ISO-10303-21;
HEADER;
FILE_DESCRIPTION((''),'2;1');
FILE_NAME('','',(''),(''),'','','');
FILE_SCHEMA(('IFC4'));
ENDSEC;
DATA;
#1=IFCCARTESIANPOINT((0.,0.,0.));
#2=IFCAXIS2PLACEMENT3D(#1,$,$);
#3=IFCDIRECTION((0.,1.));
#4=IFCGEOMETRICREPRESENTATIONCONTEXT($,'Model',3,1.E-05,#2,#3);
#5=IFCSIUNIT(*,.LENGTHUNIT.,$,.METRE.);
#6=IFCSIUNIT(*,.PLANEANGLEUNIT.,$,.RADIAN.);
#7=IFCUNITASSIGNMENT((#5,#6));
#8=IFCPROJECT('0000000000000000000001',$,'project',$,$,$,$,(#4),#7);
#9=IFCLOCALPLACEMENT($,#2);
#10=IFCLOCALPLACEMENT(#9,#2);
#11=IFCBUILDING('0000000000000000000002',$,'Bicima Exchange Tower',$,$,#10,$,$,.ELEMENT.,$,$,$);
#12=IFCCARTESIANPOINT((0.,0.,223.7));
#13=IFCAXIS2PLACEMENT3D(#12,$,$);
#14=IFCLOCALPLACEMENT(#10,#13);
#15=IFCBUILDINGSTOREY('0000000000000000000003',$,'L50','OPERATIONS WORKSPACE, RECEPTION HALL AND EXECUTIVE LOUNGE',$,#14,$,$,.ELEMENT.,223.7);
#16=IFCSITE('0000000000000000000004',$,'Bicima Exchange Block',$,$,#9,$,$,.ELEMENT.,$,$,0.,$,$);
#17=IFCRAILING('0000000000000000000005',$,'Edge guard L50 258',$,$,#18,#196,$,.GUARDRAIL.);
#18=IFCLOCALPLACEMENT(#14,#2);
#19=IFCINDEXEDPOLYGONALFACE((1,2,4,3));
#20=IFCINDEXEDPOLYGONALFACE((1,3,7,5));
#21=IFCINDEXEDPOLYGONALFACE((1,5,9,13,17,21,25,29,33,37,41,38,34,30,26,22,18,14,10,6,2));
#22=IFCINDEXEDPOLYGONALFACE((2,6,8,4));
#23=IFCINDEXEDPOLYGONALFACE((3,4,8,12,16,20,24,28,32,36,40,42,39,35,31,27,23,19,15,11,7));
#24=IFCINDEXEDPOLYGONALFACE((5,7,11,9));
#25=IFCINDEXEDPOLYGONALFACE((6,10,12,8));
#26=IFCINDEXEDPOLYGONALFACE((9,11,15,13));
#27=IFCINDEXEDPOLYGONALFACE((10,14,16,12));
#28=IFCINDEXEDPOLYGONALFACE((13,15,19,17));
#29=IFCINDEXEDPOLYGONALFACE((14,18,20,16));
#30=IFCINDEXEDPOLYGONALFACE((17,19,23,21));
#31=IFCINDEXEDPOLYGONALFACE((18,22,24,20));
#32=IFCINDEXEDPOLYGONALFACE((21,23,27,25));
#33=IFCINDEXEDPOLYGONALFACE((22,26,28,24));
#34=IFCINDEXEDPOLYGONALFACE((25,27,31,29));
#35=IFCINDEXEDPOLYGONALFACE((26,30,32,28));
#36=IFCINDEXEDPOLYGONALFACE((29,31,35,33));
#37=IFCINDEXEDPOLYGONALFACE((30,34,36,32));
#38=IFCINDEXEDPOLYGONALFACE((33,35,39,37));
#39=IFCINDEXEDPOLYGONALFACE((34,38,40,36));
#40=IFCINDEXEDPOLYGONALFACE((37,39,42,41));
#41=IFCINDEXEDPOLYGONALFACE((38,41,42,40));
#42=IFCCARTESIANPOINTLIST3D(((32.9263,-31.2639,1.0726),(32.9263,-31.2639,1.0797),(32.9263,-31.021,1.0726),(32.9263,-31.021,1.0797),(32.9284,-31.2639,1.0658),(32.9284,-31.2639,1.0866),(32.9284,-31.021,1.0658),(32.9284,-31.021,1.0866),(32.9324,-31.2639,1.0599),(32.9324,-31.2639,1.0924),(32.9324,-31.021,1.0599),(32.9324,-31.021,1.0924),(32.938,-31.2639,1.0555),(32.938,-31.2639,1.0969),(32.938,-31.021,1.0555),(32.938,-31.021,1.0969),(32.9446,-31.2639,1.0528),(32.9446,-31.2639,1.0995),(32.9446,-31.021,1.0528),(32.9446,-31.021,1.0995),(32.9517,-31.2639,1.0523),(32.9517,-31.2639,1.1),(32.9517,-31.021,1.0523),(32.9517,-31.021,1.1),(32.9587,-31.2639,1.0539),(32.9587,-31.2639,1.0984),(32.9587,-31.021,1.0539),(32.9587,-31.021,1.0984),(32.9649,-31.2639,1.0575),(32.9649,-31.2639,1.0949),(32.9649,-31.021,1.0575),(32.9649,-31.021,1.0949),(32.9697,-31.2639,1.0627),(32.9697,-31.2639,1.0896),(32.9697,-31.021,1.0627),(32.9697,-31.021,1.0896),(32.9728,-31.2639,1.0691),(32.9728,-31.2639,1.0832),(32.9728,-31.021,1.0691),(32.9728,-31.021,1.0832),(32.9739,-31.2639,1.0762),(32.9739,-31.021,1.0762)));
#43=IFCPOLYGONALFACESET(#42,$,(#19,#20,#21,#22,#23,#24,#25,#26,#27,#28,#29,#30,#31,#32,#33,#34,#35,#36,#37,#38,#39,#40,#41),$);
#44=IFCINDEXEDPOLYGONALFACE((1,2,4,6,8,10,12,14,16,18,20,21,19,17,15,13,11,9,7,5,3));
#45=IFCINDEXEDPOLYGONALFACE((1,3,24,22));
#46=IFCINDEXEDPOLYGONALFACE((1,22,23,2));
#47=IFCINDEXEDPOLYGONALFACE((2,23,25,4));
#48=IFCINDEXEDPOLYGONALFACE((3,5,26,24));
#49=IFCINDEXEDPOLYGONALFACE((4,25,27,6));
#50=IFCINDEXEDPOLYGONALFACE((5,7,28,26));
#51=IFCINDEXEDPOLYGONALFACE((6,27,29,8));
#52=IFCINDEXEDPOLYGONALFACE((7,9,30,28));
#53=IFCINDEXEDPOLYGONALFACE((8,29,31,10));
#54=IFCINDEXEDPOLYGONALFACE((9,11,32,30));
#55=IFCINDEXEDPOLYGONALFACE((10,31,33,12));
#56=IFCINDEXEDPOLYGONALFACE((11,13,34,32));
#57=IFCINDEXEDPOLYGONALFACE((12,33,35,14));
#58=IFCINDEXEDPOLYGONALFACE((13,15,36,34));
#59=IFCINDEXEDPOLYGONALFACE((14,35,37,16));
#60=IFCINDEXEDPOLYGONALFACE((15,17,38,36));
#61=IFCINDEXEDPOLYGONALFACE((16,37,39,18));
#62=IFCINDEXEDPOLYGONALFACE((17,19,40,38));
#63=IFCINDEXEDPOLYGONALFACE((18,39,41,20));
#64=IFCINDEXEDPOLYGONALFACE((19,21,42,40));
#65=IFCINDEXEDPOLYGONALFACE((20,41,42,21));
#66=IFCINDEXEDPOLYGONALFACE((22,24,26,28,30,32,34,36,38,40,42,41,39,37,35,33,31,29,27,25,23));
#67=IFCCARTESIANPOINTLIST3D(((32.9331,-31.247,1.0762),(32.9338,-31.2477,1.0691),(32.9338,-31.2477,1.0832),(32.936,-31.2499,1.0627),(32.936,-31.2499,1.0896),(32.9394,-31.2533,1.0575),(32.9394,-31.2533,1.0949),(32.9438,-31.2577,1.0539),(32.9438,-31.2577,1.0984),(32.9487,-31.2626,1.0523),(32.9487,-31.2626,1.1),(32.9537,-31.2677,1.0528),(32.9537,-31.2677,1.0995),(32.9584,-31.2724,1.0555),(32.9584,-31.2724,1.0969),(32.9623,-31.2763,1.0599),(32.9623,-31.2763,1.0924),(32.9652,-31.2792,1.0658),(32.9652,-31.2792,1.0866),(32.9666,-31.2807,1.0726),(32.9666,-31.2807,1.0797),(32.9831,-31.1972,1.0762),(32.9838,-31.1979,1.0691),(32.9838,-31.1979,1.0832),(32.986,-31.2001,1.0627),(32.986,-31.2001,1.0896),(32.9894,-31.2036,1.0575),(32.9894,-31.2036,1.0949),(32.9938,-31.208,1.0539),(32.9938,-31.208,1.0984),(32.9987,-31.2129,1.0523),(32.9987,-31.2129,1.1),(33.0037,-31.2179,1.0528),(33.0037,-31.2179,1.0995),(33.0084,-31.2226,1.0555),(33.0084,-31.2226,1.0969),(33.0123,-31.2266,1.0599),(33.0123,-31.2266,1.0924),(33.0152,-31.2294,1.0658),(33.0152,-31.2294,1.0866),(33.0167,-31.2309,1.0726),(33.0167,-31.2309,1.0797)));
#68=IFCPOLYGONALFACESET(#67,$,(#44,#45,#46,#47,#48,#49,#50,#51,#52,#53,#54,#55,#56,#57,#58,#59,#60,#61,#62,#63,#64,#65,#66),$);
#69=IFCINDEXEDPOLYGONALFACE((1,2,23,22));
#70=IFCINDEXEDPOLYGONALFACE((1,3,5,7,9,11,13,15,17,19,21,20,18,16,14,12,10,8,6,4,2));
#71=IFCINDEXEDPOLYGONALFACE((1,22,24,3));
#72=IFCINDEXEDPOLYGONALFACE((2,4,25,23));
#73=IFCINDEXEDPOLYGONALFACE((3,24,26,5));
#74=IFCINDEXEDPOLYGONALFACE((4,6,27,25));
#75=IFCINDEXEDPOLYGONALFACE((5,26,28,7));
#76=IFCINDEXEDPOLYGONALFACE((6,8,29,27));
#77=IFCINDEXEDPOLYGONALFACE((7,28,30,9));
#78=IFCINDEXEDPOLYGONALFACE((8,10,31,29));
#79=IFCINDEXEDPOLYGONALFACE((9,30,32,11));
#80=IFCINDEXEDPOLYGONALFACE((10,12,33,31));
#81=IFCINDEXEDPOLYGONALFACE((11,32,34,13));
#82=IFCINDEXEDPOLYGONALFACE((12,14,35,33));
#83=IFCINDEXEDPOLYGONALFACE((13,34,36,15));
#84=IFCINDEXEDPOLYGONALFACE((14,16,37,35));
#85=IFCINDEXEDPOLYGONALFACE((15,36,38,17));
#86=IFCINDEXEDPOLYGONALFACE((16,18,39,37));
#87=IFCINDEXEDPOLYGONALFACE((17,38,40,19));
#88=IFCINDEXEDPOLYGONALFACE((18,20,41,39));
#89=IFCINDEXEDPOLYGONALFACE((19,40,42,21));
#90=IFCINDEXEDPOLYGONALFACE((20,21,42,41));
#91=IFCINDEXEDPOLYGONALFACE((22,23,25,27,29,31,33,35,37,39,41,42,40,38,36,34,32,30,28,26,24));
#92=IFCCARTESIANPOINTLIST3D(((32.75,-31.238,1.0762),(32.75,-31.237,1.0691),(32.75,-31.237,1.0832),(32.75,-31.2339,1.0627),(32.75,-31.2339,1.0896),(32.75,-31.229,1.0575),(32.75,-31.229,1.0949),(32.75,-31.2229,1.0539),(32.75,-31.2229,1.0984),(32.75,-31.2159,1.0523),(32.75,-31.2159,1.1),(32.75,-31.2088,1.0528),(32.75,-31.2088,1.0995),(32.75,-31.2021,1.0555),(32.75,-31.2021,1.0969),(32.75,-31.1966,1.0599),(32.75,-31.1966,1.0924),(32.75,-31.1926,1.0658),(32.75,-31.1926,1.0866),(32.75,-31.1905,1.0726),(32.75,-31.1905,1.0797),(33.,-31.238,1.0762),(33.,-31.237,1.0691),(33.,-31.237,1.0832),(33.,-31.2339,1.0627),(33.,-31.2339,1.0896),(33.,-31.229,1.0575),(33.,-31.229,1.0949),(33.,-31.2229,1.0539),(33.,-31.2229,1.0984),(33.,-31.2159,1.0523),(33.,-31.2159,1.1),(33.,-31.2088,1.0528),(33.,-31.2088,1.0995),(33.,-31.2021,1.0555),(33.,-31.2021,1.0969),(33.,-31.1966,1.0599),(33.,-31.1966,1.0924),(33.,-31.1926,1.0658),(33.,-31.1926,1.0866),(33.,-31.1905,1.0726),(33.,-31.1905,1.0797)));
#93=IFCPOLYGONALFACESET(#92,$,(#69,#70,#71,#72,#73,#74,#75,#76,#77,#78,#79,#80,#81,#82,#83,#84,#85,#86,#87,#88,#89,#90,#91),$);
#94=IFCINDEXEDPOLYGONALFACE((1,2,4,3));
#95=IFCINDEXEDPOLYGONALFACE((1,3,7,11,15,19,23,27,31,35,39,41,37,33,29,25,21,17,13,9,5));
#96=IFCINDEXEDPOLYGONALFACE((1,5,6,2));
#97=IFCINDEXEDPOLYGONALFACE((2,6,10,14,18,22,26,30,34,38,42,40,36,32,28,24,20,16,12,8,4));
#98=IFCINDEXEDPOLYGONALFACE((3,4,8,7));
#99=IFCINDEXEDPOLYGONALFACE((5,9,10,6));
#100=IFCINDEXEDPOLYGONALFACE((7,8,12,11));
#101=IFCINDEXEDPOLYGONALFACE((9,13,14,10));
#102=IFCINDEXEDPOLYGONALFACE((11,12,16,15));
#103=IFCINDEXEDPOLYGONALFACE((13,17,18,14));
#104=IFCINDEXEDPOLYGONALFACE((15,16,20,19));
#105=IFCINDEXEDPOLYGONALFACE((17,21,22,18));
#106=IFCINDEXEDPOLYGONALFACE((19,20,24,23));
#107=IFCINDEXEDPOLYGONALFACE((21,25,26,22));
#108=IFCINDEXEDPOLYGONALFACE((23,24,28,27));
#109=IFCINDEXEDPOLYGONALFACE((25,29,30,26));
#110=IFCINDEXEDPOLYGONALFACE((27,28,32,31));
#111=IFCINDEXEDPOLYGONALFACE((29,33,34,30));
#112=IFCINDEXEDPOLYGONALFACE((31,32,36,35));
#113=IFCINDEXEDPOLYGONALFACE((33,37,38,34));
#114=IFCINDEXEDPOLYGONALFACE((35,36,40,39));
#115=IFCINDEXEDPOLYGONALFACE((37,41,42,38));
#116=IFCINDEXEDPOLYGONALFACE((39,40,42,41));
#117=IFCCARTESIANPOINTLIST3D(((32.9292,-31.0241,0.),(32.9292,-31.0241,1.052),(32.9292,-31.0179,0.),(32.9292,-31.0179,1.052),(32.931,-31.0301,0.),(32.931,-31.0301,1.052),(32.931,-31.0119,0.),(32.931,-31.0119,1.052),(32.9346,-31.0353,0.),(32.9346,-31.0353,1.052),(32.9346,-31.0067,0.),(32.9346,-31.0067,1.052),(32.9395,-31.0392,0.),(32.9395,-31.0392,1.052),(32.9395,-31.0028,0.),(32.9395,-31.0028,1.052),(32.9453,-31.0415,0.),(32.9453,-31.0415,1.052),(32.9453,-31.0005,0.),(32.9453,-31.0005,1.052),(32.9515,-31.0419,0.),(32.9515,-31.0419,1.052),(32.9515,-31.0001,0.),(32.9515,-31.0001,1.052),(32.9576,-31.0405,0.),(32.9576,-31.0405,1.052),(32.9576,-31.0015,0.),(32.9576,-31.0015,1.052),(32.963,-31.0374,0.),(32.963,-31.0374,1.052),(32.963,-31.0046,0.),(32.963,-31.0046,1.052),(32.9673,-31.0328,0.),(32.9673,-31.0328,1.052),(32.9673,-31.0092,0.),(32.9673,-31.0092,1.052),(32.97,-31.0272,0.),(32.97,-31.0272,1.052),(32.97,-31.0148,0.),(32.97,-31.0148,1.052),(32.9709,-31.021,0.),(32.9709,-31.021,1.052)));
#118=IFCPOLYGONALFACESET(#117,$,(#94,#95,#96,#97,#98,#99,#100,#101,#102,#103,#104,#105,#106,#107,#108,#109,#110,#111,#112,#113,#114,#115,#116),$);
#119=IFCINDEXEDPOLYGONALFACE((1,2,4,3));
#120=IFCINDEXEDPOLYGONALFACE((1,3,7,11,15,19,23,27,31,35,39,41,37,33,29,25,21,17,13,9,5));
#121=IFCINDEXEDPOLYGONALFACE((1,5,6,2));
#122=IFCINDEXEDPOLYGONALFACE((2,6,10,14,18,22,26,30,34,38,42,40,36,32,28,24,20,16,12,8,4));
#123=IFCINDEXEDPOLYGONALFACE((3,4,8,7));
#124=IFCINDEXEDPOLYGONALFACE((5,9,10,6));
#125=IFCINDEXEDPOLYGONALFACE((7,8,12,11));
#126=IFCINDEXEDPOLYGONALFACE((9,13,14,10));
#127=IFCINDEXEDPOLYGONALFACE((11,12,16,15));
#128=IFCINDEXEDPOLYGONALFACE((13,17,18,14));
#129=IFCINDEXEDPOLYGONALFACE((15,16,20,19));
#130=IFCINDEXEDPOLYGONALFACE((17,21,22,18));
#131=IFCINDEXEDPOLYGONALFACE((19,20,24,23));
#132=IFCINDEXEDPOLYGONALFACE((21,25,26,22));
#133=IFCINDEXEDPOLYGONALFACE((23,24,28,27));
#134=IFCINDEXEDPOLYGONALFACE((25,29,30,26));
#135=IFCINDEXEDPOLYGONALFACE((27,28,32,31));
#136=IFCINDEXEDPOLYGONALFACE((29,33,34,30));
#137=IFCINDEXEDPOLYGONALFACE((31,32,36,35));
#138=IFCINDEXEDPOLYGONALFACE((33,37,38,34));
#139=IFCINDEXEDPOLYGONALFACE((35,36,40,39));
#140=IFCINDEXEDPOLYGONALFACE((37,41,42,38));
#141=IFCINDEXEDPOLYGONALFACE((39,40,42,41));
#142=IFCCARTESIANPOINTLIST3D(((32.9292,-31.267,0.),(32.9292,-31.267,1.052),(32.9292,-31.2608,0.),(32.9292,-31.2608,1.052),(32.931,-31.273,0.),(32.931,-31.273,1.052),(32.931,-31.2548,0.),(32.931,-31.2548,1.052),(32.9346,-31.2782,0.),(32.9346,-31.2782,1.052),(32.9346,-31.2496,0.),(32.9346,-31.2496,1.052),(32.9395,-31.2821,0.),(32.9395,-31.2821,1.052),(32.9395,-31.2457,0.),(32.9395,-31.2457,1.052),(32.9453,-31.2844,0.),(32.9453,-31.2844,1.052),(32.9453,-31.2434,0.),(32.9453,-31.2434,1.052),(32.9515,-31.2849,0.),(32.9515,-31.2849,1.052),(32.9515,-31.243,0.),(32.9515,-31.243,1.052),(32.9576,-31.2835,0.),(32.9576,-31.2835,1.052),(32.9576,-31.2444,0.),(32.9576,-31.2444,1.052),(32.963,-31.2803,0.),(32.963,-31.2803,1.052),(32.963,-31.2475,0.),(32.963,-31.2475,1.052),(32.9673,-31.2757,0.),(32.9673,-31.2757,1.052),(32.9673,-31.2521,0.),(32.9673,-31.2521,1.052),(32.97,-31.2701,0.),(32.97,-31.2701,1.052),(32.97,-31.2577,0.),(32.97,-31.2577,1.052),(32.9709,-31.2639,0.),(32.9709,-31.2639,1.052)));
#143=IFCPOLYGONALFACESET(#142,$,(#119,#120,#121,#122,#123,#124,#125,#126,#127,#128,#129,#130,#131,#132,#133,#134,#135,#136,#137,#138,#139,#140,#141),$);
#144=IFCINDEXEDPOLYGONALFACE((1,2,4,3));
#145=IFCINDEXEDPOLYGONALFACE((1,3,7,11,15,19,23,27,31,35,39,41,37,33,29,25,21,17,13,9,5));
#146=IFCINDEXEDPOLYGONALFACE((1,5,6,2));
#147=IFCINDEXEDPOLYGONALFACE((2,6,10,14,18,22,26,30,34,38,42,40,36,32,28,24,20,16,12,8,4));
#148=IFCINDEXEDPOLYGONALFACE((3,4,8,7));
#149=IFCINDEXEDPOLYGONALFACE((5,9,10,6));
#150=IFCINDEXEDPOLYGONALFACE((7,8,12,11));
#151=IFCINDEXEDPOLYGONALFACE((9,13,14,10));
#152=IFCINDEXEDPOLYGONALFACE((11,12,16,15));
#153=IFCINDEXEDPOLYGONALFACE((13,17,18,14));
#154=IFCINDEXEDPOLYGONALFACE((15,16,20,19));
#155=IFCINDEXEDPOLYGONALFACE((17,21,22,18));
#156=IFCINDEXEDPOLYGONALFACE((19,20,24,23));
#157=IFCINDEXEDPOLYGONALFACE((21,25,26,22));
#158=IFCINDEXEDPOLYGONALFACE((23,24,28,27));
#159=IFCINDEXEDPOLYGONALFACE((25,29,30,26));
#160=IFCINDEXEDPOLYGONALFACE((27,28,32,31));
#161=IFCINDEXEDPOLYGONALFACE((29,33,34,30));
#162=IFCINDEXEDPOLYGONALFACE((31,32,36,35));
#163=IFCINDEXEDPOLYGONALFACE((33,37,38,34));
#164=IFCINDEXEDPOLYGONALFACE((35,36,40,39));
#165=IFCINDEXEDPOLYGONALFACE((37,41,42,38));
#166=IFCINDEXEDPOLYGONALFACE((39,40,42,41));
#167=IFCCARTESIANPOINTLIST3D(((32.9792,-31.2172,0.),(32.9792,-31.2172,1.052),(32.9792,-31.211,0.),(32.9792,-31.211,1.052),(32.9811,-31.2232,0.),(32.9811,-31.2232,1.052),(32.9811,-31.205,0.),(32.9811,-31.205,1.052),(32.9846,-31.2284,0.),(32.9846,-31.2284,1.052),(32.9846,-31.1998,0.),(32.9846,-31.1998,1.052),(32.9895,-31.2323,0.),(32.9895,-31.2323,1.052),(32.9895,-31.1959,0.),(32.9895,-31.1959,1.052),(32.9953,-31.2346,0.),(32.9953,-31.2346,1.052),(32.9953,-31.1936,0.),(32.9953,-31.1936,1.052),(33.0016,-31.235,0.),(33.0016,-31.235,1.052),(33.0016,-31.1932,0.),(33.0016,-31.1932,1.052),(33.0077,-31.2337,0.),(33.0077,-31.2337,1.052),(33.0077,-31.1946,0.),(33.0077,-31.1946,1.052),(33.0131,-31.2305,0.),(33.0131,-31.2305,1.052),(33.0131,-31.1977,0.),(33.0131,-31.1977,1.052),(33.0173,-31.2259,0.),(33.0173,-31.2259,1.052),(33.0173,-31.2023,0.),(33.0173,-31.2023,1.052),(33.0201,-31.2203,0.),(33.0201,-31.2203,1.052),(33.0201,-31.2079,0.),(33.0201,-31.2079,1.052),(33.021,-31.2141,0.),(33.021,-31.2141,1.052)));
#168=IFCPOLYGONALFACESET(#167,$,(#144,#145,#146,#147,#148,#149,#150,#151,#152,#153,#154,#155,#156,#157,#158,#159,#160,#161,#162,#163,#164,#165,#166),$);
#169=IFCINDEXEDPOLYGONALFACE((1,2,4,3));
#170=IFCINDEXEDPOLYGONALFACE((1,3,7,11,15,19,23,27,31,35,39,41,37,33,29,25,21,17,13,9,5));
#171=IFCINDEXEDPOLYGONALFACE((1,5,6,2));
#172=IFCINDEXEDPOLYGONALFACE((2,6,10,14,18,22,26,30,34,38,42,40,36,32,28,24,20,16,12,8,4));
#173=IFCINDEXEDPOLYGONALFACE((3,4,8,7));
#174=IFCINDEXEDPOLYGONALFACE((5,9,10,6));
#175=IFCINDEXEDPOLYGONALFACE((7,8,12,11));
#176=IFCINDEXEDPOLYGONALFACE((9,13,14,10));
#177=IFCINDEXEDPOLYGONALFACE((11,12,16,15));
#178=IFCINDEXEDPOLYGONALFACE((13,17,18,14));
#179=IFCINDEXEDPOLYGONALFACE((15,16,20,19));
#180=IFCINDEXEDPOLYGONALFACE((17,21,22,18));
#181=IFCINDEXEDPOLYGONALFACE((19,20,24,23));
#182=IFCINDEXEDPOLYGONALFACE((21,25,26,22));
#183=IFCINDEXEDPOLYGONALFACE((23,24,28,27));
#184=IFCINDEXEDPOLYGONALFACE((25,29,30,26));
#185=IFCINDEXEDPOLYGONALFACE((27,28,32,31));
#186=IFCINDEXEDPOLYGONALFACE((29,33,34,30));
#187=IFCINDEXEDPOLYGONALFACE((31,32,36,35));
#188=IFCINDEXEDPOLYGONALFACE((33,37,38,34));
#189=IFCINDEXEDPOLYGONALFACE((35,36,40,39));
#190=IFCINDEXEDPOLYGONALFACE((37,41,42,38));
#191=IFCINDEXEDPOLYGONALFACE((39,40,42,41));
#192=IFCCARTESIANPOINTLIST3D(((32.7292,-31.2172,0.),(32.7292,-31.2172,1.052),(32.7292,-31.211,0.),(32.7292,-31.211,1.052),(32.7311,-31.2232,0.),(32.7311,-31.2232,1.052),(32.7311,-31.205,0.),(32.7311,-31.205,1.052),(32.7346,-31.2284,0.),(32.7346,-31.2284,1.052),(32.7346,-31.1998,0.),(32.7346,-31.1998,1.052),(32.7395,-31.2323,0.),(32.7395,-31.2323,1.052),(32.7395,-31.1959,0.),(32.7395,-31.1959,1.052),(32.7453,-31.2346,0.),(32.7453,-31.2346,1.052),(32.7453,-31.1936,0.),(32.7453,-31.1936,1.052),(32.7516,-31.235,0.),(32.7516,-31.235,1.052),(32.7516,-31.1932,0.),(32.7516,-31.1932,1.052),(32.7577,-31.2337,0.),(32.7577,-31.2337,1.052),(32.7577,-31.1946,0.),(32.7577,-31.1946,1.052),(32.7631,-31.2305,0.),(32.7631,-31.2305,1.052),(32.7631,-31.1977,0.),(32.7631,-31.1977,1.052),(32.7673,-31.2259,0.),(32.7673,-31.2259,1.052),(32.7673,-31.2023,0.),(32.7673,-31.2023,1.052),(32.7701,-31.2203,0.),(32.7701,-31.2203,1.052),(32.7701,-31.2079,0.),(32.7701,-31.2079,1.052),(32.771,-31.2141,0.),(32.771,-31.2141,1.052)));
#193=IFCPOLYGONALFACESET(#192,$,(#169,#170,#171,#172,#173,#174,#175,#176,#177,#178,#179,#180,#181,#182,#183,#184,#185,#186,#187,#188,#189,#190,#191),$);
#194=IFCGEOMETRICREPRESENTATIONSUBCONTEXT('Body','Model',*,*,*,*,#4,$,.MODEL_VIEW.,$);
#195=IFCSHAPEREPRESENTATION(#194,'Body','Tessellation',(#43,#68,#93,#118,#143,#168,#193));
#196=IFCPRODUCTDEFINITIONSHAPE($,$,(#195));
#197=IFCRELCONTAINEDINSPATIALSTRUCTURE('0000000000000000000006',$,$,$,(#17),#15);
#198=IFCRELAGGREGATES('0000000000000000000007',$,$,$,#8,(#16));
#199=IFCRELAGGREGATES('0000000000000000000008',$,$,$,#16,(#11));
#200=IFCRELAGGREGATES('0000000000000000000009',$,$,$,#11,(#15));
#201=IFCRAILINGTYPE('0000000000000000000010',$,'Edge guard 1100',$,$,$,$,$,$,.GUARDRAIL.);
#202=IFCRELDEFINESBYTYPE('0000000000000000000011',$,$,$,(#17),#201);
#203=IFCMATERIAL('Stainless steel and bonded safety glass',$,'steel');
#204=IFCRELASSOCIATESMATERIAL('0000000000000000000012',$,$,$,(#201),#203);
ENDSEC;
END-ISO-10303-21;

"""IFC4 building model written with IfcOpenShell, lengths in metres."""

from ifc_helpers import new_model, si_unit, direction, frame, origin, origin_2d, place, context, subcontext, project, spatial, circle, extrude, material, type_object, element, save


model = new_model("IFC4")

# Units and contexts
model_context = context("Model", 3, precision=1e-05, world=origin(), true_north=direction((0.0, 1.0)))
body_context = subcontext(model_context, "Body", "Model", "MODEL_VIEW")
ifc_project = project(units=[si_unit("LENGTHUNIT", "METRE"), si_unit("PLANEANGLEUNIT", "RADIAN")], contexts=[model_context])

# Site, building, storey
site_placement = place(None, origin())
site = spatial("IfcSite", under=ifc_project, at=site_placement, Name="Bicima Exchange Block", CompositionType="ELEMENT", RefElevation=0.0)
building_placement = place(site_placement, origin())
building = spatial("IfcBuilding", under=site, at=building_placement, Name="Bicima Exchange Tower", CompositionType="ELEMENT")
storey_placement = place(building_placement, frame((0.0, 0.0, 223.7)))
storey = spatial("IfcBuildingStorey", under=building, at=storey_placement, Name="L50", Description="OPERATIONS WORKSPACE, RECEPTION HALL AND EXECUTIVE LOUNGE", CompositionType="ELEMENT", Elevation=223.7)

# Railing
ifc_material_1 = material(Name="Stainless steel and bonded safety glass", Category="steel")
railing_type = type_object("IfcRailingType", Name="Edge guard 1100", PredefinedType="GUARDRAIL", material=ifc_material_1)
railing_1_placement = place(storey_placement, frame((32.95, -31.021, 0.0)))
element("IfcRailing", 1, at=railing_1_placement, inside=storey, type_object=railing_type, Name="Edge guard L50 258", PredefinedType="GUARDRAIL", context=body_context, shape_type="SweptSolid", body=[
    extrude(circle(Radius=0.0239, at=origin_2d()), frame((0.0, 0.0, 1.0762), z_axis=(0.0, -1.0, 0.0), x_axis=(1.0, 0.0, 0.0)), (0.0, 0.0, 1.0), 0.2429),
    extrude(circle(Radius=0.0239, at=origin_2d()), frame((0.0, -0.2429, 1.0762), z_axis=(0.708834, 0.705376, 0.0), x_axis=(-0.705376, 0.708834, 0.0)), (0.0, 0.0, 1.0), 0.0706),
    extrude(circle(Radius=0.0239, at=origin_2d()), frame((0.05, -0.1931, 1.0762), z_axis=(-1.0, 0.0, 0.0), x_axis=(0.0, -1.0, 0.0)), (0.0, 0.0, 1.0), 0.25),
    extrude(circle(Radius=0.021, at=origin_2d()), origin(), (0.0, 0.0, 1.0), 1.052),
    extrude(circle(Radius=0.021, at=origin_2d()), frame((0.0, -0.2429, 0.0)), (0.0, 0.0, 1.0), 1.052),
    extrude(circle(Radius=0.021, at=origin_2d()), frame((0.05, -0.1931, 0.0)), (0.0, 0.0, 1.0), 1.052),
    extrude(circle(Radius=0.021, at=origin_2d()), frame((-0.2, -0.1931, 0.0)), (0.0, 0.0, 1.0), 1.052),
])

save(model, "model.ifc")
